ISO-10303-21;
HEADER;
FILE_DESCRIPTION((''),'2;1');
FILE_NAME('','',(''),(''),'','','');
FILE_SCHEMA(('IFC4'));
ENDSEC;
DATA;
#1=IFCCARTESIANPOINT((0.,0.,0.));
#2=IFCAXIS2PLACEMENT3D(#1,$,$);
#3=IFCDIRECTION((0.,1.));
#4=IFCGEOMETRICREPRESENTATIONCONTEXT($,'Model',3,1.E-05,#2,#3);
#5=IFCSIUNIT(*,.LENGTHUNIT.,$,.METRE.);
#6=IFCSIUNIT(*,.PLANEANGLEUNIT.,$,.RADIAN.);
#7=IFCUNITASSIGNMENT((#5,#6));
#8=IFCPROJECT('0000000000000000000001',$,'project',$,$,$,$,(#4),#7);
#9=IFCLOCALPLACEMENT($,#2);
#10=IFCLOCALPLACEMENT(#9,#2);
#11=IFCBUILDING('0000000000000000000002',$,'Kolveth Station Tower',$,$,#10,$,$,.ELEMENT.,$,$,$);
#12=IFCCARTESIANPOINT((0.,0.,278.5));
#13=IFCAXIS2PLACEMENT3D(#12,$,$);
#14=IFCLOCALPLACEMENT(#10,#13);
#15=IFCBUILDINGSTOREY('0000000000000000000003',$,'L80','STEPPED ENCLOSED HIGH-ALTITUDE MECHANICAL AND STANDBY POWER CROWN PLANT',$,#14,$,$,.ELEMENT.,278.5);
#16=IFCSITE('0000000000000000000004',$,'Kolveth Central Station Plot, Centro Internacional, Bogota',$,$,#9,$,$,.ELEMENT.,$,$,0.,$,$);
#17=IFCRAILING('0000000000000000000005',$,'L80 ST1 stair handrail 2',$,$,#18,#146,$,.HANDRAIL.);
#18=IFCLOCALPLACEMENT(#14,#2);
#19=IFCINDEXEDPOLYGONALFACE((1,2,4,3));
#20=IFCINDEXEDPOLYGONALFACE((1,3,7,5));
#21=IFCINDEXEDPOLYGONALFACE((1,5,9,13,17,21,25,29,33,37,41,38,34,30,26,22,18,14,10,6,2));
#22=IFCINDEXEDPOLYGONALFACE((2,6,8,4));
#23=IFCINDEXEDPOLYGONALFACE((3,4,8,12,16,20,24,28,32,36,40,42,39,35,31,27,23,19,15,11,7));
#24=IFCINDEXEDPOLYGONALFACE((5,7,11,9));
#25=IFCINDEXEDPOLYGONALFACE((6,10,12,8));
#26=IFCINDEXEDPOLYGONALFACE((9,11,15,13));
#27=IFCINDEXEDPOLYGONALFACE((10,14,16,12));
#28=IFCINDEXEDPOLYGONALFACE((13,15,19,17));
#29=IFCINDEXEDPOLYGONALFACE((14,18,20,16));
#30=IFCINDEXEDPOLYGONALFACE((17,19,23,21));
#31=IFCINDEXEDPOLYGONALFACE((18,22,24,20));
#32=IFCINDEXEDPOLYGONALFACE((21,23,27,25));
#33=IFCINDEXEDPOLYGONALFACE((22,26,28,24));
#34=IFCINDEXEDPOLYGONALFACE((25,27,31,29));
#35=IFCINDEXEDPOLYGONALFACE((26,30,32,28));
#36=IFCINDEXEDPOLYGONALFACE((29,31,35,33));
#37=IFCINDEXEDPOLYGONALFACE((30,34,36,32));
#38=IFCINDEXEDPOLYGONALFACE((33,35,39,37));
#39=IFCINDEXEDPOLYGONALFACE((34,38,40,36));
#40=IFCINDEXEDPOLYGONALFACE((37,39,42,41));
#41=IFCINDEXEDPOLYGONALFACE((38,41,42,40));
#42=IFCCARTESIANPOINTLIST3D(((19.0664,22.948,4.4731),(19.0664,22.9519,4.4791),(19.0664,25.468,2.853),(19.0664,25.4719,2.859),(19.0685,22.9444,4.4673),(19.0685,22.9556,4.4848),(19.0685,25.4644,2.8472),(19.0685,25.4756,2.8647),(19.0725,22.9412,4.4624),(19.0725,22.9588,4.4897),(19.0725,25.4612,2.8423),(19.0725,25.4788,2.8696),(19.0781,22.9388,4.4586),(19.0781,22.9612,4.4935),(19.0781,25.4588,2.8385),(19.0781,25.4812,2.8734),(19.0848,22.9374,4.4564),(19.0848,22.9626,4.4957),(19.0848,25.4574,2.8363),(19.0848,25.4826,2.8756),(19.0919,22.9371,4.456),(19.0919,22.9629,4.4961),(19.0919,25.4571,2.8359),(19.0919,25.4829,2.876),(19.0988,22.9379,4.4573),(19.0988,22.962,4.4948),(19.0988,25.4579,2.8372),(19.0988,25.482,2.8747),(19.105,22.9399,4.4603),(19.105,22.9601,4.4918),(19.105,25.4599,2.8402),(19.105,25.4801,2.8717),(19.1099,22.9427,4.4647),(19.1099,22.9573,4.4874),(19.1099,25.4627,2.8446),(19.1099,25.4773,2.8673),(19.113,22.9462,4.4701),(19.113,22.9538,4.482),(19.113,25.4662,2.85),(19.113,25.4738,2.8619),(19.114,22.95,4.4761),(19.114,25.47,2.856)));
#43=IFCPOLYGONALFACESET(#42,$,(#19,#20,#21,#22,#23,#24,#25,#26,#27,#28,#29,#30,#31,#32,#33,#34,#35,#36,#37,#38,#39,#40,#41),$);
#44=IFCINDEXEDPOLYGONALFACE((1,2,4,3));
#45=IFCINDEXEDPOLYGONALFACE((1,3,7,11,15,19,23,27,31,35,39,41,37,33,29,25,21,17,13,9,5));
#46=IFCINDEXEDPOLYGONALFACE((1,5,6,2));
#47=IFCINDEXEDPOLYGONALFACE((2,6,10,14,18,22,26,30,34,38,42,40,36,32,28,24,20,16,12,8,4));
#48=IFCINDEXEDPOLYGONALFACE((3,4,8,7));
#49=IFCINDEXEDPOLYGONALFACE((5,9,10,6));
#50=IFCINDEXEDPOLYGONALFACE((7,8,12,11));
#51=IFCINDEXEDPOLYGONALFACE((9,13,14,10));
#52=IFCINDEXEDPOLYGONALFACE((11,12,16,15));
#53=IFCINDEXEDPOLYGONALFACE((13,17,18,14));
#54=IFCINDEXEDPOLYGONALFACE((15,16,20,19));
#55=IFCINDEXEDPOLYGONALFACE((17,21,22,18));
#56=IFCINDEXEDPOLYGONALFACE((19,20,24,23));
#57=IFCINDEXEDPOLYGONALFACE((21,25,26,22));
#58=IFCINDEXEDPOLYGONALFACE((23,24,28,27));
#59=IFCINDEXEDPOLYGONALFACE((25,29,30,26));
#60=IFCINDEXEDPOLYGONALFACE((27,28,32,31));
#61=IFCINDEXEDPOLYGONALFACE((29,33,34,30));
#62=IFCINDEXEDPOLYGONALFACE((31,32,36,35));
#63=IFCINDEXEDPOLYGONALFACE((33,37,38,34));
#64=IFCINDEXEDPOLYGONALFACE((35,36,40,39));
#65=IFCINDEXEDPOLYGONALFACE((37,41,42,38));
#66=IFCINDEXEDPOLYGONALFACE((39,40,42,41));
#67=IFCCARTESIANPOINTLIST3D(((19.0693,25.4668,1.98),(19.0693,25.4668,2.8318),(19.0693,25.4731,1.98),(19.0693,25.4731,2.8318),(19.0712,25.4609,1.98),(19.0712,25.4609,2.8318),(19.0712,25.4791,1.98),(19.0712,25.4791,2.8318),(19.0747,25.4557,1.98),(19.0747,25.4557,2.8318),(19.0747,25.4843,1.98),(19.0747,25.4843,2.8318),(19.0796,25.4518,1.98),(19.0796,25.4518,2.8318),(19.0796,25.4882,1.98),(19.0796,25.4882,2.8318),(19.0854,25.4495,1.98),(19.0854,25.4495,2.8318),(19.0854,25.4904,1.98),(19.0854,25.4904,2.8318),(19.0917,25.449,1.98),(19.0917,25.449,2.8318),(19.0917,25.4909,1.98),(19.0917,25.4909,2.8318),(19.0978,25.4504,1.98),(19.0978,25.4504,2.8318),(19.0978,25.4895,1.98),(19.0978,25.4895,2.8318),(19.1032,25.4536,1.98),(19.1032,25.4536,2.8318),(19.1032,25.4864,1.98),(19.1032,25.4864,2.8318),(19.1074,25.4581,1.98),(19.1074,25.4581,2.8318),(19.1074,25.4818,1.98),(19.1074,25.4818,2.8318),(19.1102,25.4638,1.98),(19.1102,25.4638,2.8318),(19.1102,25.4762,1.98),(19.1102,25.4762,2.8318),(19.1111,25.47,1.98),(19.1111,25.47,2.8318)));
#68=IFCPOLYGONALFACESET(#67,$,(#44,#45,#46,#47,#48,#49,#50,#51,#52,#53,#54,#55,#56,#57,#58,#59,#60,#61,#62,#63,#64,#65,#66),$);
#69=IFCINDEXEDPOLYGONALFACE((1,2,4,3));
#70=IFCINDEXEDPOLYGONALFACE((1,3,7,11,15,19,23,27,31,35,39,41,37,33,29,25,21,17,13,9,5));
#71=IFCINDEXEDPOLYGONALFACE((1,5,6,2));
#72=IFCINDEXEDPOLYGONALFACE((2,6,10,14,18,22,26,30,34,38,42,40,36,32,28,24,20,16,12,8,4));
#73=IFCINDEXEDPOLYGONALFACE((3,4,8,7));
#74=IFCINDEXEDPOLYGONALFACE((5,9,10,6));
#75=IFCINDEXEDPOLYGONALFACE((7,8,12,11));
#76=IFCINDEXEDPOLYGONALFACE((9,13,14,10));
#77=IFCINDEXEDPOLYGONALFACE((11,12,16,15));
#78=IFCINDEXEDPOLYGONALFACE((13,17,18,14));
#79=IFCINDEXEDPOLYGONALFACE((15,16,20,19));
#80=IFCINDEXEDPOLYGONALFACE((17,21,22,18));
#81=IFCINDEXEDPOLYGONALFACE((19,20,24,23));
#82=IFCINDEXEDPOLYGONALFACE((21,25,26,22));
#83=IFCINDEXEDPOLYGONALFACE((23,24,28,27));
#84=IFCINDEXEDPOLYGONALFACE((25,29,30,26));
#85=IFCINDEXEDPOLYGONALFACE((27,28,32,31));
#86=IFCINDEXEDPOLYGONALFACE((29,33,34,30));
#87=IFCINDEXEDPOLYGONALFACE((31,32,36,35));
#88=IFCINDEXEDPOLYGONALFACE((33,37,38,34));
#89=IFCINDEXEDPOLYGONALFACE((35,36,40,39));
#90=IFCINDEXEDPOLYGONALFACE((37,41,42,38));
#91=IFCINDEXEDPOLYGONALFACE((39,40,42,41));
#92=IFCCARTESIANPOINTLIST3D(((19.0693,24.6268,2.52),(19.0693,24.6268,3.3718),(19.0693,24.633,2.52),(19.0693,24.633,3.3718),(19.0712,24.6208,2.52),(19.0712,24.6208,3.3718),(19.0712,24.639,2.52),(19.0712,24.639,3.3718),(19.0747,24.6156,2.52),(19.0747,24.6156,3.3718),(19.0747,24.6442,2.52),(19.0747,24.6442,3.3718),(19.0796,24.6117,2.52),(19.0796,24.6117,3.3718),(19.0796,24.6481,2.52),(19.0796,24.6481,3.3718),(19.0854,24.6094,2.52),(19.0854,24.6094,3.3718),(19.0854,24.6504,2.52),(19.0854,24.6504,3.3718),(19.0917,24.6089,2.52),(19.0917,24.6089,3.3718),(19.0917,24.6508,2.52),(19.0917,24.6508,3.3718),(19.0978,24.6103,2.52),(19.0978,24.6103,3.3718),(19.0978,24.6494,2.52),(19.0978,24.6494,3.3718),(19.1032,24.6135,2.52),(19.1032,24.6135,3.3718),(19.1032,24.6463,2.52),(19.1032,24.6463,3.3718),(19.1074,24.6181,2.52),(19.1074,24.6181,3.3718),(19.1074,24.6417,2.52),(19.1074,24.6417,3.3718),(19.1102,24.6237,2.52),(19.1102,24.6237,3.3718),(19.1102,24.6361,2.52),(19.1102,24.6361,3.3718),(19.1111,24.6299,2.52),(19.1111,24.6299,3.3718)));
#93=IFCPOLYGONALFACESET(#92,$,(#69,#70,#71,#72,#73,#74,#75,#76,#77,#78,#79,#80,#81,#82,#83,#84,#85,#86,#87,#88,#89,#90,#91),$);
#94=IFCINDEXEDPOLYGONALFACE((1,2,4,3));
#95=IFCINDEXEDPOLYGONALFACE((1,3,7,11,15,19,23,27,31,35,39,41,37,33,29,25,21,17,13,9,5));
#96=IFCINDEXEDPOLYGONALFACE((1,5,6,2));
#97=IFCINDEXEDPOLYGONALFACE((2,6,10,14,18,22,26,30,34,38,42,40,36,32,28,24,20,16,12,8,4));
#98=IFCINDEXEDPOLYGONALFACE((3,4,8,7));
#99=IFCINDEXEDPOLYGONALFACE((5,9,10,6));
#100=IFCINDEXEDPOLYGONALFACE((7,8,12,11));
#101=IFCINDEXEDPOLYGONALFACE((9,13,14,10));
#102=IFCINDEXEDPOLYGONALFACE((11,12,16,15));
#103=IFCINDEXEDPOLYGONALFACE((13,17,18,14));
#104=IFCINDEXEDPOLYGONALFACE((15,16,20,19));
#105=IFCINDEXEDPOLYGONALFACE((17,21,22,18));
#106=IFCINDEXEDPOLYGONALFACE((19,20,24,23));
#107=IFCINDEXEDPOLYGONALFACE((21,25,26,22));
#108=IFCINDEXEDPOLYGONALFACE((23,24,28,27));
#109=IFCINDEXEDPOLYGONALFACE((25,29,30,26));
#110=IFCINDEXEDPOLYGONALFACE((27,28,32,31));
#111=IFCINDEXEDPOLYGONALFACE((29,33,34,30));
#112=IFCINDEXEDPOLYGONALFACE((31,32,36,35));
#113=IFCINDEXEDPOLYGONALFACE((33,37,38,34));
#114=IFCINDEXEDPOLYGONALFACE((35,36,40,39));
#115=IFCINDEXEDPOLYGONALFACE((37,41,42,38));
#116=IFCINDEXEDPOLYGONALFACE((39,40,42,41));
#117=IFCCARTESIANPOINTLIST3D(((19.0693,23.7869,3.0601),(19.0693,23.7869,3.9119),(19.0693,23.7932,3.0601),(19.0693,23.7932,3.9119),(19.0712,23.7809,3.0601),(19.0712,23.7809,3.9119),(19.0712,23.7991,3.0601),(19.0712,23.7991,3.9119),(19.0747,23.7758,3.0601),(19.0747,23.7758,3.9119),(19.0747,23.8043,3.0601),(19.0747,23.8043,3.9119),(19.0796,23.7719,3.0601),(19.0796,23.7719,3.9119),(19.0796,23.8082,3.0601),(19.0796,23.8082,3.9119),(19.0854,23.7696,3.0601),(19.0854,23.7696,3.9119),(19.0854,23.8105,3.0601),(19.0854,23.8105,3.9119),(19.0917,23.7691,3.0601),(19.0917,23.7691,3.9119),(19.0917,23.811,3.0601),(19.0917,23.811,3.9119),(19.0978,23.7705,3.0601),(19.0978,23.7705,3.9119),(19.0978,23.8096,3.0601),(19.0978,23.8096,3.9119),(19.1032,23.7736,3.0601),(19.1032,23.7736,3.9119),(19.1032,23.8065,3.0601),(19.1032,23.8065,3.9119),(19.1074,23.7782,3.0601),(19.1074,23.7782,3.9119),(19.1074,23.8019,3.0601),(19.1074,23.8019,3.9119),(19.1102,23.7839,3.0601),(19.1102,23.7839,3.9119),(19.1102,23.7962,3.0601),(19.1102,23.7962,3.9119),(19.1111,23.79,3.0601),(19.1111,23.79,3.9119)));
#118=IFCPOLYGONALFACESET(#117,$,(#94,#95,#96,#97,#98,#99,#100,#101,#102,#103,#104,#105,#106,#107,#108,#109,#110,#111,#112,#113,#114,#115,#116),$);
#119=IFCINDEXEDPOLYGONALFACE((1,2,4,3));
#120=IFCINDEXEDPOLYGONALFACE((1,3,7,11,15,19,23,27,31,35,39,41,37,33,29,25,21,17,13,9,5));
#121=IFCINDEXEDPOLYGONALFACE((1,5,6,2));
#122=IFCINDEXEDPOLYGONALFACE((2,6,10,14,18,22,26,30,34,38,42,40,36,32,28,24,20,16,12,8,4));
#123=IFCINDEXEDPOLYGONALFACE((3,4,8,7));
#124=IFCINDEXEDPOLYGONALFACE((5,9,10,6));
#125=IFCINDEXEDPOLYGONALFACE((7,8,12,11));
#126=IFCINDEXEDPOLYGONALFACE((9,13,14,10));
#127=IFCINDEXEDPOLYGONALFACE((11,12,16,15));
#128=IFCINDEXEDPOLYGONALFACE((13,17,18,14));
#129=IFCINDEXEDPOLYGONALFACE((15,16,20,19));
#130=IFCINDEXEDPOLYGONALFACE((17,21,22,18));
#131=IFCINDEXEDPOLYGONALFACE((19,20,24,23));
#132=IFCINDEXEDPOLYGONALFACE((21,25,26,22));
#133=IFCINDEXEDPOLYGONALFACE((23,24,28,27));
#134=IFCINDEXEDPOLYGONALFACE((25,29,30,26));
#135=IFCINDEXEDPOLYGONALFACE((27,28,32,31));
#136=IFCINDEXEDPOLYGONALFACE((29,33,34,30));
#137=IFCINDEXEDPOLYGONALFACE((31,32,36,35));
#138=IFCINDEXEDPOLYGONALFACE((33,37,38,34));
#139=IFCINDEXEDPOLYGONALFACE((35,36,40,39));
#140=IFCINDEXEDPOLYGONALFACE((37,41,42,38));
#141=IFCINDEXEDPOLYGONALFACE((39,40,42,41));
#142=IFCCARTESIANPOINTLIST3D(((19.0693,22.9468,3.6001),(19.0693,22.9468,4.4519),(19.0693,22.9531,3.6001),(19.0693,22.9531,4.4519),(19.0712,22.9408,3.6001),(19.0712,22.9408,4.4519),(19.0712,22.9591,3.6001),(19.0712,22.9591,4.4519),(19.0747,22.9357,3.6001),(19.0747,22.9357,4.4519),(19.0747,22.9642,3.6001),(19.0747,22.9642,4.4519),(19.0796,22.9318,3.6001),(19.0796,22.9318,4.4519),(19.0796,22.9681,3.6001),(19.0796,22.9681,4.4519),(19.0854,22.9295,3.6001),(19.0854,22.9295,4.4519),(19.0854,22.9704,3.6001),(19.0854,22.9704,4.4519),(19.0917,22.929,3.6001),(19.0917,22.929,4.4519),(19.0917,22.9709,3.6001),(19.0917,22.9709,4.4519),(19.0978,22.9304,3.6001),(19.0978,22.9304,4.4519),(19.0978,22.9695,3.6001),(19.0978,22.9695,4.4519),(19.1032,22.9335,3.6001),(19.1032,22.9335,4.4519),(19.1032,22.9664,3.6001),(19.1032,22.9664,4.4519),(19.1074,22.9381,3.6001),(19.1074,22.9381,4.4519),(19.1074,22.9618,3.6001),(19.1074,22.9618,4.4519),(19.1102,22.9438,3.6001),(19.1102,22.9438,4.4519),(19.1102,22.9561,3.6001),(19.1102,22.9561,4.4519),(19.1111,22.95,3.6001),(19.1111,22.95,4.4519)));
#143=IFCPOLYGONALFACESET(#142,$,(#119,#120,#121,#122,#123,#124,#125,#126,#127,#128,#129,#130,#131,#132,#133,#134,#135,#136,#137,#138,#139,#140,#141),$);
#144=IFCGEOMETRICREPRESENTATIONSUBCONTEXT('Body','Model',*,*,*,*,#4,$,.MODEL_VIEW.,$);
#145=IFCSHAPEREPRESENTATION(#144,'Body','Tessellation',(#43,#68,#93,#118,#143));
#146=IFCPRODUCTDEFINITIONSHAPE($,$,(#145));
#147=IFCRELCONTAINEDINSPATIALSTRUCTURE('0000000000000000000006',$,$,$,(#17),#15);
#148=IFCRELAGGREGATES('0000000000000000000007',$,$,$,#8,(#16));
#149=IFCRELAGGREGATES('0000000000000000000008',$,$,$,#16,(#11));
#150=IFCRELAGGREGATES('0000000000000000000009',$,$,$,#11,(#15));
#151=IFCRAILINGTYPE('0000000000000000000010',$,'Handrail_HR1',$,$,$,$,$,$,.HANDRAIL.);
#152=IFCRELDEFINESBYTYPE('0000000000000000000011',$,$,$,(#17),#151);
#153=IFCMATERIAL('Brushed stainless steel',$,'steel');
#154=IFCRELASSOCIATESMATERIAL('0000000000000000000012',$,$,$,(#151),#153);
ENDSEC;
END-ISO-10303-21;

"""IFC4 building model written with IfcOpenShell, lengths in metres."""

from ifc_helpers import new_model, si_unit, direction, frame, origin, origin_2d, place, context, subcontext, project, spatial, circle, extrude, material, type_object, element, save


model = new_model("IFC4")

# Units and contexts
model_context = context("Model", 3, precision=1e-05, world=origin(), true_north=direction((0.0, 1.0)))
body_context = subcontext(model_context, "Body", "Model", "MODEL_VIEW")
ifc_project = project(units=[si_unit("LENGTHUNIT", "METRE"), si_unit("PLANEANGLEUNIT", "RADIAN")], contexts=[model_context])

# Site, building, storey
site_placement = place(None, origin())
site = spatial("IfcSite", under=ifc_project, at=site_placement, Name="Kolveth Central Station Plot, Centro Internacional, Bogota", CompositionType="ELEMENT", RefElevation=0.0)
building_placement = place(site_placement, origin())
building = spatial("IfcBuilding", under=site, at=building_placement, Name="Kolveth Station Tower", CompositionType="ELEMENT")
storey_placement = place(building_placement, frame((0.0, 0.0, 278.5)))
storey = spatial("IfcBuildingStorey", under=building, at=storey_placement, Name="L80", Description="STEPPED ENCLOSED HIGH-ALTITUDE MECHANICAL AND STANDBY POWER CROWN PLANT", CompositionType="ELEMENT", Elevation=278.5)

# Railing
ifc_material_1 = material(Name="Brushed stainless steel", Category="steel")
railing_type_1 = type_object("IfcRailingType", Name="Handrail_HR1", PredefinedType="HANDRAIL", material=ifc_material_1)
railing_1_placement = place(storey_placement, frame((19.0901, 25.47, 1.98)))
element("IfcRailing", 1, at=railing_1_placement, inside=storey, type_object=railing_type_1, Name="L80 ST1 stair handrail 2", PredefinedType="HANDRAIL", context=body_context, shape_type="SweptSolid", body=[
    extrude(circle(Radius=0.0239, at=origin_2d()), frame((0.0, 0.0, 0.876), z_axis=(0.0, -0.841163, 0.540782), x_axis=(1.0, 0.0, 0.0)), (0.0, 0.0, 1.0), 2.9958),
    extrude(circle(Radius=0.021, at=origin_2d()), origin(), (0.0, 0.0, 1.0), 0.8518),
    extrude(circle(Radius=0.021, at=origin_2d()), frame((0.0, -0.8401, 0.54)), (0.0, 0.0, 1.0), 0.8518),
    extrude(circle(Radius=0.021, at=origin_2d()), frame((0.0, -1.6799, 1.0801)), (0.0, 0.0, 1.0), 0.8518),
    extrude(circle(Radius=0.021, at=origin_2d()), frame((0.0, -2.52, 1.6201)), (0.0, 0.0, 1.0), 0.8518),
])

save(model, "model.ifc")
